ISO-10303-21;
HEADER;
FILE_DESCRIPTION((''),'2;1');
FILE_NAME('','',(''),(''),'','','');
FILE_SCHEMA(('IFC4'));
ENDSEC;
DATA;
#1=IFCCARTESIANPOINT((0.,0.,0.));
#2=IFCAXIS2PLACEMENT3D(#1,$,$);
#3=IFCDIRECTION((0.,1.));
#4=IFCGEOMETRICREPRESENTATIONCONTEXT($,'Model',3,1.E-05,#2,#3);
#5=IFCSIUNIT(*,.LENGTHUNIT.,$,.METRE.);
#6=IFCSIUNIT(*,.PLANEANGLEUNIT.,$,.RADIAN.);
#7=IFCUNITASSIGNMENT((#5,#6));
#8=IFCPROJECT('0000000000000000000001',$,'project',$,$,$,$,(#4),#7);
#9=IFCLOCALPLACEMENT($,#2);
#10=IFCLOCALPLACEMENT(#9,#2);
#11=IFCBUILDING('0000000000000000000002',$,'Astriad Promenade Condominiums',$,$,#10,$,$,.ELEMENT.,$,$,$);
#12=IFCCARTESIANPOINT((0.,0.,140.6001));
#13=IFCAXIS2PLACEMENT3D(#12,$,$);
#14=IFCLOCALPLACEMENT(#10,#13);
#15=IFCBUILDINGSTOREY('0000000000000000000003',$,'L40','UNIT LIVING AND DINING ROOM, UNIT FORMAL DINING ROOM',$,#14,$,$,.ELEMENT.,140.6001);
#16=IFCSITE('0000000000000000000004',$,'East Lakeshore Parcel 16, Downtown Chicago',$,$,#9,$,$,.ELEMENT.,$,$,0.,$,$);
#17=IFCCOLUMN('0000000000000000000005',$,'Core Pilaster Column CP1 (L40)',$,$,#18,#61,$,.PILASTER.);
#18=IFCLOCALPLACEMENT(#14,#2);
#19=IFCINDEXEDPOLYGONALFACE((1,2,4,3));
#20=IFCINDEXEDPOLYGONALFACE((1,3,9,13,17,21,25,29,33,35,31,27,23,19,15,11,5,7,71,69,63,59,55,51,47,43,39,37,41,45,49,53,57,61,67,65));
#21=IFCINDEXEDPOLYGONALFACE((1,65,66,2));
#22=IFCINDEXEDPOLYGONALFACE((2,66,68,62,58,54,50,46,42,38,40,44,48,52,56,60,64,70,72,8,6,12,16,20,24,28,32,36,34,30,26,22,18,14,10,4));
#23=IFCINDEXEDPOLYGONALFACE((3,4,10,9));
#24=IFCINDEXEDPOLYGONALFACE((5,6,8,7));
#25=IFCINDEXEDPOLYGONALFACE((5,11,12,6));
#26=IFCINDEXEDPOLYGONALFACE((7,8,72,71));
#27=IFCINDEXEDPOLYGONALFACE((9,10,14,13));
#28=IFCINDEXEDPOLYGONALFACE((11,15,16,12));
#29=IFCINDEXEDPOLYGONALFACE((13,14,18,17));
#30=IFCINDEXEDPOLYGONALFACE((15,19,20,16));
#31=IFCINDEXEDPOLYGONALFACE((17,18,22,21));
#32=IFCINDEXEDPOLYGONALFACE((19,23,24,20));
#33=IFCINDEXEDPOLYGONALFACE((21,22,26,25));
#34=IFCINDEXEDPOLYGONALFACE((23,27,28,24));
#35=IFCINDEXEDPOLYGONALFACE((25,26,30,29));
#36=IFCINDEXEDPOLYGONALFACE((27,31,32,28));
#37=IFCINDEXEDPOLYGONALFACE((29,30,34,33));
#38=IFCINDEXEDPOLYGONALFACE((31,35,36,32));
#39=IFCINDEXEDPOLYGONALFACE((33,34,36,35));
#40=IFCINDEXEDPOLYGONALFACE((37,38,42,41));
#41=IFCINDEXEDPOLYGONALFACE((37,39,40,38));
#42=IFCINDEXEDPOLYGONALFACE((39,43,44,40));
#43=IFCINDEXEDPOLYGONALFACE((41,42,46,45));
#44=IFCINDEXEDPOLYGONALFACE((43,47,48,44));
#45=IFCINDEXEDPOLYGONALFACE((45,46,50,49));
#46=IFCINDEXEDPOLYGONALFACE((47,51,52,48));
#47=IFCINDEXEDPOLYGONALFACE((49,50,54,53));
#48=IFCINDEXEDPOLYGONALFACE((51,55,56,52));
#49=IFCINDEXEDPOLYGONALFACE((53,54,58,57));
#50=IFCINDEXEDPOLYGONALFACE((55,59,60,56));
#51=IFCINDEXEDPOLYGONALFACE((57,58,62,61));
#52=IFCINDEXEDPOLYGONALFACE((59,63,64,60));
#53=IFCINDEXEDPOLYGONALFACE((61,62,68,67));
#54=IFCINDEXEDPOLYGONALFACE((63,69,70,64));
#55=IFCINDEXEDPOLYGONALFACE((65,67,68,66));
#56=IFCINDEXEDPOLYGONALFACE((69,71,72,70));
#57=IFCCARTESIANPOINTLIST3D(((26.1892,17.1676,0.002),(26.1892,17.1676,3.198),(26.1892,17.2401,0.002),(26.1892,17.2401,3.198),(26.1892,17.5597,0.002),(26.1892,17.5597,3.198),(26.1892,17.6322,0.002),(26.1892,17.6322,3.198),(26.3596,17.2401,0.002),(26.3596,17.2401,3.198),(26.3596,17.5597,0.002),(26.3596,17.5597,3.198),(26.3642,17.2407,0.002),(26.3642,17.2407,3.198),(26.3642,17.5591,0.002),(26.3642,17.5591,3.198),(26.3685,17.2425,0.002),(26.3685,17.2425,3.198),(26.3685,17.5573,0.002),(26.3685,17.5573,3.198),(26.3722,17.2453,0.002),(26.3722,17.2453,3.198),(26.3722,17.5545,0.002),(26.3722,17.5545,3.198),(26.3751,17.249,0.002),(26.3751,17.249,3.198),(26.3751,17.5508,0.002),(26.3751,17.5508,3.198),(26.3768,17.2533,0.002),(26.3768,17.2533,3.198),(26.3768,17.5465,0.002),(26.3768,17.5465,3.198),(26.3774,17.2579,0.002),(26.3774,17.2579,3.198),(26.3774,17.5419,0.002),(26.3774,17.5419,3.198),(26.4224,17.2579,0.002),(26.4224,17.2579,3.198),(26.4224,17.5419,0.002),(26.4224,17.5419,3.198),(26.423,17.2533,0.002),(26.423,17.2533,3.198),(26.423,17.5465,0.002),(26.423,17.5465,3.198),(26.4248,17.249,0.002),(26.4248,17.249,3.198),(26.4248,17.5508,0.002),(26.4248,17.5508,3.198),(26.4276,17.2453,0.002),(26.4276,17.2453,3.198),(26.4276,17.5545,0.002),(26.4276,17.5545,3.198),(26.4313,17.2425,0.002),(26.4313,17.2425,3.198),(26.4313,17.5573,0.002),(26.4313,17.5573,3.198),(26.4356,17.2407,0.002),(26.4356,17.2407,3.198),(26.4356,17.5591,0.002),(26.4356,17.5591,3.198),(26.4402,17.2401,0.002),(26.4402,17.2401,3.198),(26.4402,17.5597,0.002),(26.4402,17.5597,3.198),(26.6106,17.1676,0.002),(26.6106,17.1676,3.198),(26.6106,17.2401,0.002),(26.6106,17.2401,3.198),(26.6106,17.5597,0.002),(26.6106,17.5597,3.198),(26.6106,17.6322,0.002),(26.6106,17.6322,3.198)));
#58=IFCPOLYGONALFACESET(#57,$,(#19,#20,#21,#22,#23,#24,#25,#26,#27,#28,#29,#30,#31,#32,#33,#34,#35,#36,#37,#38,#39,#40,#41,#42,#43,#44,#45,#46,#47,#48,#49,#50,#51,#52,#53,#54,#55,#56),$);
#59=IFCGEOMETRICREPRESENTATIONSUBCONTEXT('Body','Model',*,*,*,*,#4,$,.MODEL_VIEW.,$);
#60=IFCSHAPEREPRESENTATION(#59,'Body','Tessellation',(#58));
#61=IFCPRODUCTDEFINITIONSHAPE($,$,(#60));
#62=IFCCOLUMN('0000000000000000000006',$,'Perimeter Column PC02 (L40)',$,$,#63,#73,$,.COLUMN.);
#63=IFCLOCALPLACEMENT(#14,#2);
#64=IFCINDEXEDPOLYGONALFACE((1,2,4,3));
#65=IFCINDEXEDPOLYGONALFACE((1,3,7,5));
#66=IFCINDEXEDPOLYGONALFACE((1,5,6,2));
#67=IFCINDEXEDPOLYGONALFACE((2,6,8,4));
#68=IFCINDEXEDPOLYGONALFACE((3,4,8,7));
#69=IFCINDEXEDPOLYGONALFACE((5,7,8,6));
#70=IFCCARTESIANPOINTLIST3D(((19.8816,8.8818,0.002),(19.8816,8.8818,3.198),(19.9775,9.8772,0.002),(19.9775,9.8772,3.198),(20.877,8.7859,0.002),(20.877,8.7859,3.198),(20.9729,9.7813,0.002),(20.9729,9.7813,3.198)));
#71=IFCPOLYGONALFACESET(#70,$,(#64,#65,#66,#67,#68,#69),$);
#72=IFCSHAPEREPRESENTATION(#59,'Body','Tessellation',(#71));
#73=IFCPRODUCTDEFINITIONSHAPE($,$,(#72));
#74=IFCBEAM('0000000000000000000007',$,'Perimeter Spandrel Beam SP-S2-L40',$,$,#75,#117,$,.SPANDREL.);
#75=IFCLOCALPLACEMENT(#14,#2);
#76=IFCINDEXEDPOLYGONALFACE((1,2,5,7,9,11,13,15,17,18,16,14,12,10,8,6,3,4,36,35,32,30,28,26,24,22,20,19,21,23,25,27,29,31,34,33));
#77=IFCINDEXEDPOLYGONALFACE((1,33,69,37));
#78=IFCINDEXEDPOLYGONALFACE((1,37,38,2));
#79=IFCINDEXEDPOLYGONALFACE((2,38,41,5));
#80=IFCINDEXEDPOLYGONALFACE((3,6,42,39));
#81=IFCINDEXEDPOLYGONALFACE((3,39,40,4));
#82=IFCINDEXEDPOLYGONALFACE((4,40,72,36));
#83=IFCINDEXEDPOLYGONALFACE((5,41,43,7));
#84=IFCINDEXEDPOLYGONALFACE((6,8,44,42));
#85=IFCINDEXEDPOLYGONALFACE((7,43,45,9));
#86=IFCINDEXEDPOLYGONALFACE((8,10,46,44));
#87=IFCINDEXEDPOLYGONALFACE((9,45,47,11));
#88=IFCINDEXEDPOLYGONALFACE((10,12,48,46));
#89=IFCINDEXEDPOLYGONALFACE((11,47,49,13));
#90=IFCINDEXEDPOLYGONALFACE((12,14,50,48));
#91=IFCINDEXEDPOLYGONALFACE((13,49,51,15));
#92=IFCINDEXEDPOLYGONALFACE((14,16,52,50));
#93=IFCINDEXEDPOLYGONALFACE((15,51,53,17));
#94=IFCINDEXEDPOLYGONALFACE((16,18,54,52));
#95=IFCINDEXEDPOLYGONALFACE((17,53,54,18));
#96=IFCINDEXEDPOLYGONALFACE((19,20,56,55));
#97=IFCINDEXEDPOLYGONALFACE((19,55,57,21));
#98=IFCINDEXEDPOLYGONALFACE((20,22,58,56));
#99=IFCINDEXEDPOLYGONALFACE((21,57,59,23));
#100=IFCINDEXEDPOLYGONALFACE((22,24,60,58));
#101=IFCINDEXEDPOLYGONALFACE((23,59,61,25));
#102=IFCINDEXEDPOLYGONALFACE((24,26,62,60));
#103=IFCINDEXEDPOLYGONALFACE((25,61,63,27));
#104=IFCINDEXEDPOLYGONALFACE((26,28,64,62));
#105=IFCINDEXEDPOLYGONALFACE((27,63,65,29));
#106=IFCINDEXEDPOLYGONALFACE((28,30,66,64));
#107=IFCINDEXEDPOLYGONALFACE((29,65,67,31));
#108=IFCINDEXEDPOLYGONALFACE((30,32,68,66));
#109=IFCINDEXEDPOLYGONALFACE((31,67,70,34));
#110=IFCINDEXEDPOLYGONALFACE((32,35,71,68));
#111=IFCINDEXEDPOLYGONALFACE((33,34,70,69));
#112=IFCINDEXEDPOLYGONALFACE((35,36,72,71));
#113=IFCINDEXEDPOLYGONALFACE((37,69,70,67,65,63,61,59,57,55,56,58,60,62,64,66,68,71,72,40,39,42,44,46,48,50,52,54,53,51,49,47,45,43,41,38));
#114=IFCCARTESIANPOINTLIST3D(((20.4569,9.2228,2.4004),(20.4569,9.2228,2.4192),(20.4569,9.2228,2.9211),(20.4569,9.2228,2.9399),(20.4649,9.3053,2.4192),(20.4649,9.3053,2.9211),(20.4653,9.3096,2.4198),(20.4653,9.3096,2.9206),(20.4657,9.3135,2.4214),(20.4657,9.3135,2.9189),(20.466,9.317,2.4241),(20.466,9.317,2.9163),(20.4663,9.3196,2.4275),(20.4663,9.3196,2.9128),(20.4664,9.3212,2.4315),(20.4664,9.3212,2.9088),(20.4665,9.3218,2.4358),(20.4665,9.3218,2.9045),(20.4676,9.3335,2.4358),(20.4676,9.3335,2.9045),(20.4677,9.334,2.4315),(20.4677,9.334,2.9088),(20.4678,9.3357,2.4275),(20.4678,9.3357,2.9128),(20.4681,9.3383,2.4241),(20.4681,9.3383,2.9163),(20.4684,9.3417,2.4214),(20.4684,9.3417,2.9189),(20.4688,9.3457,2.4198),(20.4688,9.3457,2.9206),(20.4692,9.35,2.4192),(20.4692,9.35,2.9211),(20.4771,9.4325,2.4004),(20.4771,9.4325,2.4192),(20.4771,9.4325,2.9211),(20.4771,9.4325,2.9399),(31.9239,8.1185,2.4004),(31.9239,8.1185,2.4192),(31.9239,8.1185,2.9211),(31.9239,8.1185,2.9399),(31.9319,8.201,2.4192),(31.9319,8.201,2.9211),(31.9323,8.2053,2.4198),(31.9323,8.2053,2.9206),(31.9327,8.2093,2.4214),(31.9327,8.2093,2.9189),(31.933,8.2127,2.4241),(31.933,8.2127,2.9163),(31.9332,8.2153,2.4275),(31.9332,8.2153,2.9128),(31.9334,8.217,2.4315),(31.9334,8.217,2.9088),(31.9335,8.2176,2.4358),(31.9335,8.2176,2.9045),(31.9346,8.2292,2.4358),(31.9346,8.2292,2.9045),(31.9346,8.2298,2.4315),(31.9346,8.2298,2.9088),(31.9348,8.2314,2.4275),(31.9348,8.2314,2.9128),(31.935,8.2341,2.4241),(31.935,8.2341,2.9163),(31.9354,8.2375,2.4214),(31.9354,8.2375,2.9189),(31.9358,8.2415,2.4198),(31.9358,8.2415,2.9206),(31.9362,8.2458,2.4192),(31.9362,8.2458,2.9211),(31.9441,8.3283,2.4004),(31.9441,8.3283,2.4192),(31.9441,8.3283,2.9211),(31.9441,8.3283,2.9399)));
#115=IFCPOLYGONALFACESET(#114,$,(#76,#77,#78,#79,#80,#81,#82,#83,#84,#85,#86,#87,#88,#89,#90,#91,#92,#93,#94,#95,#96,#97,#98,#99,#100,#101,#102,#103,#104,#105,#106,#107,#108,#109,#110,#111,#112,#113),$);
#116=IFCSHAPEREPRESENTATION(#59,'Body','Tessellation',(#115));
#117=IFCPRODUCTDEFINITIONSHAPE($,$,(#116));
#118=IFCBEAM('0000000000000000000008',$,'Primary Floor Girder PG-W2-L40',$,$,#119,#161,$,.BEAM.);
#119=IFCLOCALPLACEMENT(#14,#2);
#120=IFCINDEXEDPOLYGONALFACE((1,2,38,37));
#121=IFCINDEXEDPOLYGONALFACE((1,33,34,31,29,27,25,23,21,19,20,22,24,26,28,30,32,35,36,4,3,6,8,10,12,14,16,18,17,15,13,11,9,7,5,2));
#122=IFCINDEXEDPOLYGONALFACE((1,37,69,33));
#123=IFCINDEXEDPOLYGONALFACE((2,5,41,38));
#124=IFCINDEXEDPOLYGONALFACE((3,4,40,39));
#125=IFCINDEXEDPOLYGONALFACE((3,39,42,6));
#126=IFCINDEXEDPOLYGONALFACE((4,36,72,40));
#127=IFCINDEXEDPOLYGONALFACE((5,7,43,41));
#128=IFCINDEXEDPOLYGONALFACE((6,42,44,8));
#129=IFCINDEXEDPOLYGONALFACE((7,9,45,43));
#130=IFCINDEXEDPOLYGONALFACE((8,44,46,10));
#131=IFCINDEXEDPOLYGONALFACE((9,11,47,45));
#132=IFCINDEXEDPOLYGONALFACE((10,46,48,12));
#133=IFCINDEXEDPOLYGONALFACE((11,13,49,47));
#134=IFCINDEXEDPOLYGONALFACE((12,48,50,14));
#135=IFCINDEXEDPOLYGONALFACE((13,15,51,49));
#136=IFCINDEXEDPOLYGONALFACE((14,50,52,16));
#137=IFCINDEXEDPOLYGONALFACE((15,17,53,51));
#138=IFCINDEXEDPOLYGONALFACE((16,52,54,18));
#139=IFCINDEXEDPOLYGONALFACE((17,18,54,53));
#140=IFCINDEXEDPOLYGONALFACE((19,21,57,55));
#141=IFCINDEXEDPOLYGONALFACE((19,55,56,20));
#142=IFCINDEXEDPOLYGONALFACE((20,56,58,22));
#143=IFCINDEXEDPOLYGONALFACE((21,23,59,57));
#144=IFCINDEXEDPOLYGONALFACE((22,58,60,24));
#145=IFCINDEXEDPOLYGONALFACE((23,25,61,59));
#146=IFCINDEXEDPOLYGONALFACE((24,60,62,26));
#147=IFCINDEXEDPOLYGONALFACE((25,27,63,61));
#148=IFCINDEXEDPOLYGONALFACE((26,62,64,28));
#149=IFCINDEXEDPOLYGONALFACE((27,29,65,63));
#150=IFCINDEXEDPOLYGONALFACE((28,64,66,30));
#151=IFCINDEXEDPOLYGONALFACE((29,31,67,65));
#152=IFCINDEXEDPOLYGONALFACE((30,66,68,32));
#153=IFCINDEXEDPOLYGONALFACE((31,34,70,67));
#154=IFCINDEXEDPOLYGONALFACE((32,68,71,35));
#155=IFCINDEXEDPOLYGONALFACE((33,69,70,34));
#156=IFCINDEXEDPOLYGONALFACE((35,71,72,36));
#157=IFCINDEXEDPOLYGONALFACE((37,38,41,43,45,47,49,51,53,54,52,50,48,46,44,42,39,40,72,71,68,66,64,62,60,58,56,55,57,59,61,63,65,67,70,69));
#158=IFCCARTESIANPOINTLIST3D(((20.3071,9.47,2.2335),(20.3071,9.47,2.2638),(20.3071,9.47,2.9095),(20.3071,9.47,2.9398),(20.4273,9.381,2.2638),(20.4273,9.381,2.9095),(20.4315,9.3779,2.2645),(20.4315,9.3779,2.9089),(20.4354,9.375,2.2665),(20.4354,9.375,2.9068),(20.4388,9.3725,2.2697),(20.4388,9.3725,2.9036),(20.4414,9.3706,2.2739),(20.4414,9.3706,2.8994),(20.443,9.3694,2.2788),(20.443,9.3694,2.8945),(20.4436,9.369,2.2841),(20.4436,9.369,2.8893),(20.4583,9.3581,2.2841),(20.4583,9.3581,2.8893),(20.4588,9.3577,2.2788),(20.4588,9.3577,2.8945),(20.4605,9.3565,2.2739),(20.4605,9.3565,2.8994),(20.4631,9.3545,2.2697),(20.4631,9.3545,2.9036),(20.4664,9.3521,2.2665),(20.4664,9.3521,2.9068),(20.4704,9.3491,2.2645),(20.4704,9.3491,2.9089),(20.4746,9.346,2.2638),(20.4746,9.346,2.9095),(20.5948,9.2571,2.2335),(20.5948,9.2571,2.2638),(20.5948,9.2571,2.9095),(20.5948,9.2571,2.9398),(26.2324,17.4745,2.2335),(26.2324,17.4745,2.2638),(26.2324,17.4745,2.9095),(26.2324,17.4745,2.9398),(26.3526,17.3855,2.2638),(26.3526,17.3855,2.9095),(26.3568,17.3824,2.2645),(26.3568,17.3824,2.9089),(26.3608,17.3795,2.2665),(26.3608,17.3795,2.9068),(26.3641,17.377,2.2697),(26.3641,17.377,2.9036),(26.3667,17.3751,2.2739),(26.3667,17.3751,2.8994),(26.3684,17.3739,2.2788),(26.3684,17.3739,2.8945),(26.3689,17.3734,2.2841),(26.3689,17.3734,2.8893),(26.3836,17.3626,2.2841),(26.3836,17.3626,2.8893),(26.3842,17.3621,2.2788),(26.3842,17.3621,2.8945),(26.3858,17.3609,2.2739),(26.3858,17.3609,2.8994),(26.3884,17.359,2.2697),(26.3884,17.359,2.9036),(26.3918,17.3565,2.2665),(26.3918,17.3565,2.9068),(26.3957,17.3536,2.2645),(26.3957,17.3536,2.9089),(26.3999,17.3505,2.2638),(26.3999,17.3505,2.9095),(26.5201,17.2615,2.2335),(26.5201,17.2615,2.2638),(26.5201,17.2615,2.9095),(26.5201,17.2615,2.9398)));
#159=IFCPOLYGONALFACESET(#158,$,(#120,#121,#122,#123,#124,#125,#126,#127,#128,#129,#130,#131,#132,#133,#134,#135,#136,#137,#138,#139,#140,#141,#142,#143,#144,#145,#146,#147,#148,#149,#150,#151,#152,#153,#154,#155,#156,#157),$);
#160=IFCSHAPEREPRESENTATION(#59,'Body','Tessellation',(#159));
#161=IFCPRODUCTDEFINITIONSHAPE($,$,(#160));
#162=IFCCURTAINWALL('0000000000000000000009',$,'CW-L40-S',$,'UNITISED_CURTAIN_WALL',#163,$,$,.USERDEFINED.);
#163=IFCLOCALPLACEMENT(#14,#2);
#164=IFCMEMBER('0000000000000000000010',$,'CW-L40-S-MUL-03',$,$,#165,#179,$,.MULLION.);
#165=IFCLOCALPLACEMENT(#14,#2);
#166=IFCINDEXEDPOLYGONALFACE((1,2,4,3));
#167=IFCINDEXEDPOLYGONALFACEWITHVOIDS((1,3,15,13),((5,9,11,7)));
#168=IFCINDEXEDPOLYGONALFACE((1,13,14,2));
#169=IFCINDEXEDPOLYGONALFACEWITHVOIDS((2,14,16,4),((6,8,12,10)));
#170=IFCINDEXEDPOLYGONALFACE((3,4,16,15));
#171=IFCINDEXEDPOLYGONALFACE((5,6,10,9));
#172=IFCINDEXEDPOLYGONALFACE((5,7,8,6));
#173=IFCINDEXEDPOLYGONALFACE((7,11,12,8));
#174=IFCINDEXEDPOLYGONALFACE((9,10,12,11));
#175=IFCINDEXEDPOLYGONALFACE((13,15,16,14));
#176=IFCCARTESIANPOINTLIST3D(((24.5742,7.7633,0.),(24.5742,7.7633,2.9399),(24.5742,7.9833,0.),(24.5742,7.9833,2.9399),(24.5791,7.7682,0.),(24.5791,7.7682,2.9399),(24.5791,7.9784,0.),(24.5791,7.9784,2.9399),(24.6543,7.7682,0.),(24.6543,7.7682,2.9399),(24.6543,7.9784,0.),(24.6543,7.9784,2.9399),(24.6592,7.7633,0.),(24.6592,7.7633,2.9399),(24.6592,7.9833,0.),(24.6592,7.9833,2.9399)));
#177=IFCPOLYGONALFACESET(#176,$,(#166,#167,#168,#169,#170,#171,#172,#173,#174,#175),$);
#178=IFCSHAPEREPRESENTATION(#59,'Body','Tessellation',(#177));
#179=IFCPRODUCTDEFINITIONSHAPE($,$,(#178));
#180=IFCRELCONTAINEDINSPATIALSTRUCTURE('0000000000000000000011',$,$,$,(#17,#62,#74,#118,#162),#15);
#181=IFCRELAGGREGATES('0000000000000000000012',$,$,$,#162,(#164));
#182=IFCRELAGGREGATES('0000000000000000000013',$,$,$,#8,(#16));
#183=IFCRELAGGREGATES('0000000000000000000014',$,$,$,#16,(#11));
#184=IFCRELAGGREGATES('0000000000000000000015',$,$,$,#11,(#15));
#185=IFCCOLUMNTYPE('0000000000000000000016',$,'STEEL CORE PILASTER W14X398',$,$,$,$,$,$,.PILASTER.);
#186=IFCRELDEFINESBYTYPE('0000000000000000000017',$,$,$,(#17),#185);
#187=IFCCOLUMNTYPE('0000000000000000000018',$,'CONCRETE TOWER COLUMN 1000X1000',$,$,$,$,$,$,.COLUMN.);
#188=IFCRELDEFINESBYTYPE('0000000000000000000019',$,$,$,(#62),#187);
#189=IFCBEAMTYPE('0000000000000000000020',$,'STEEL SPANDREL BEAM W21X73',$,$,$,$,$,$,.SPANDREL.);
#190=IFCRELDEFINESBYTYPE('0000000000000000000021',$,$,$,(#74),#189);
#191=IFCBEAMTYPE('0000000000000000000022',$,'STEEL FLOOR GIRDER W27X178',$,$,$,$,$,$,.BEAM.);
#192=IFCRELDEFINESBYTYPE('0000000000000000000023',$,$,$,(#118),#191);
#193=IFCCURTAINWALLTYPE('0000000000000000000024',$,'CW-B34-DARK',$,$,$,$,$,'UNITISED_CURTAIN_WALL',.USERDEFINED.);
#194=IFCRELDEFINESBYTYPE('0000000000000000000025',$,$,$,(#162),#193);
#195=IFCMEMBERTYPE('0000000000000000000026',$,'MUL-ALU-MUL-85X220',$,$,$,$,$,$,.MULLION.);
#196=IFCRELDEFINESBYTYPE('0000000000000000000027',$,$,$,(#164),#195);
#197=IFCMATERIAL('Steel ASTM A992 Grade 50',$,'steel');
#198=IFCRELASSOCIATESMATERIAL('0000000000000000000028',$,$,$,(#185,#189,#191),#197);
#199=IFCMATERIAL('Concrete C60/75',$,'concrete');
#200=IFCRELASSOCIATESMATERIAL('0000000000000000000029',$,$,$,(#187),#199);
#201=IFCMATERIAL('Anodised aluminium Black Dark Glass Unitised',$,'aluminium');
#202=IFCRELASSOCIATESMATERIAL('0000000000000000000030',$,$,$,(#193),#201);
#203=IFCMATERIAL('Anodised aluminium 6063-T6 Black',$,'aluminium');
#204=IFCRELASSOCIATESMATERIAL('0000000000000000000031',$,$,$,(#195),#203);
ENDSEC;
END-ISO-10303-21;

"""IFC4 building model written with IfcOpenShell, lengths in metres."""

from ifc_helpers import new_model, si_unit, direction, frame, origin, origin_2d, place, context, subcontext, project, spatial, rectangle, hollow_rectangle, i_section, extrude, source, transform, mapped, material, material_profile, profile_set, type_object, type_shapes, element, aggregate, save


model = new_model("IFC4")

# Units and contexts
model_context = context("Model", 3, precision=1e-05, world=origin(), true_north=direction((0.0, 1.0)))
body_context = subcontext(model_context, "Body", "Model", "MODEL_VIEW")
ifc_project = project(units=[si_unit("LENGTHUNIT", "METRE"), si_unit("PLANEANGLEUNIT", "RADIAN")], contexts=[model_context])

# Site, building, storey
site_placement = place(None, origin())
site = spatial("IfcSite", under=ifc_project, at=site_placement, Name="East Lakeshore Parcel 16, Downtown Chicago", CompositionType="ELEMENT", RefElevation=0.0)
building_placement = place(site_placement, origin())
building = spatial("IfcBuilding", under=site, at=building_placement, Name="Astriad Promenade Condominiums", CompositionType="ELEMENT")
storey_placement = place(building_placement, frame((0.0, 0.0, 140.6001)))
storey = spatial("IfcBuildingStorey", under=building, at=storey_placement, Name="L40", Description="UNIT LIVING AND DINING ROOM, UNIT FORMAL DINING ROOM", CompositionType="ELEMENT", Elevation=140.6001)

# Columns
ifc_material_1 = material(Name="Steel ASTM A992 Grade 50", Category="steel")
ifc_material_profile_1 = material_profile(ifc_material_1, i_section(OverallWidth=0.4214, OverallDepth=0.4646, WebThickness=0.0449, FlangeThickness=0.0725, FilletRadius=0.0178, at=origin_2d()), Name="W14X398")
ifc_profile_set_1 = profile_set([ifc_material_profile_1], Name="Steel ASTM A992 Grade 50")
column_type_1 = type_object("IfcColumnType", Name="STEEL CORE PILASTER W14X398", PredefinedType="PILASTER", material=ifc_profile_set_1)
shared_shape_1 = source(origin(), body_context, "Body", "SweptSolid", [
    extrude(i_section(OverallWidth=0.4214, OverallDepth=0.4646, WebThickness=0.0449, FlangeThickness=0.0725, FilletRadius=0.0178, at=origin_2d()), origin(), (0.0, 0.0, 1.0), 3.196),
])
type_shapes(column_type_1, [shared_shape_1])
column_1_placement = place(storey_placement, frame((26.3999, 17.3999, 0.002), z_axis=(0.0, 0.0, 1.0), x_axis=(1.0, 0.0, 0.0)))
element("IfcColumn", 1, at=column_1_placement, inside=storey, type_object=column_type_1, Name="Core Pilaster Column CP1 (L40)", PredefinedType="PILASTER", context=body_context, shape_type="MappedRepresentation", body=[
    mapped(shared_shape_1, transform((0.0, 0.0, 0.0), scale=1.0)),
])
ifc_material_2 = material(Name="Concrete C60/75", Category="concrete")
ifc_material_profile_2 = material_profile(ifc_material_2, rectangle(XDim=1.0, YDim=1.0, at=origin_2d()), Name="RC-COL-1000X1000")
ifc_profile_set_2 = profile_set([ifc_material_profile_2], Name="Concrete C60/75")
column_type_2 = type_object("IfcColumnType", Name="CONCRETE TOWER COLUMN 1000X1000", PredefinedType="COLUMN", material=ifc_profile_set_2)
shared_shape_2 = source(origin(), body_context, "Body", "SweptSolid", [
    extrude(rectangle(XDim=1.0, YDim=1.0, at=origin_2d()), origin(), (0.0, 0.0, 1.0), 3.196),
])
type_shapes(column_type_2, [shared_shape_2])
column_2_placement = place(storey_placement, frame((20.4272, 9.3315, 0.002), z_axis=(0.0, 0.0, 1.0), x_axis=(0.995396, -0.095846, 0.0)))
element("IfcColumn", 2, at=column_2_placement, inside=storey, type_object=column_type_2, Name="Perimeter Column PC02 (L40)", PredefinedType="COLUMN", context=body_context, shape_type="MappedRepresentation", body=[
    mapped(shared_shape_2, transform((0.0, 0.0, 0.0), scale=1.0)),
])

# Beams
ifc_material_profile_3 = material_profile(ifc_material_1, i_section(OverallWidth=0.2107, OverallDepth=0.5396, WebThickness=0.0117, FlangeThickness=0.0188, FilletRadius=0.0166, at=origin_2d()), Name="W21X73")
ifc_profile_set_3 = profile_set([ifc_material_profile_3], Name="Steel ASTM A992 Grade 50")
beam_type_1 = type_object("IfcBeamType", Name="STEEL SPANDREL BEAM W21X73", PredefinedType="SPANDREL", material=ifc_profile_set_3)
shared_shape_3 = source(origin(), body_context, "Body", "SweptSolid", [
    extrude(i_section(OverallWidth=0.2107, OverallDepth=0.5396, WebThickness=0.0117, FlangeThickness=0.0188, FilletRadius=0.0166, at=origin_2d()), origin(), (0.0, 0.0, 1.0), 11.52),
])
type_shapes(beam_type_1, [shared_shape_3])
beam_1_placement = place(storey_placement, frame((20.467, 9.3276, 2.6702), z_axis=(0.995395, -0.095854, 0.0), x_axis=(0.095854, 0.995395, 0.0)))
element("IfcBeam", 3, at=beam_1_placement, inside=storey, type_object=beam_type_1, Name="Perimeter Spandrel Beam SP-S2-L40", PredefinedType="SPANDREL", context=body_context, shape_type="MappedRepresentation", body=[
    mapped(shared_shape_3, transform((0.0, 0.0, 0.0), scale=1.0)),
])
ifc_material_profile_4 = material_profile(ifc_material_1, i_section(OverallWidth=0.3579, OverallDepth=0.7063, WebThickness=0.0183, FlangeThickness=0.0303, FilletRadius=0.0203, at=origin_2d()), Name="W27X178")
ifc_profile_set_4 = profile_set([ifc_material_profile_4], Name="Steel ASTM A992 Grade 50")
beam_type_2 = type_object("IfcBeamType", Name="STEEL FLOOR GIRDER W27X178", PredefinedType="BEAM", material=ifc_profile_set_4)
shared_shape_4 = source(origin(), body_context, "Body", "SweptSolid", [
    extrude(i_section(OverallWidth=0.3579, OverallDepth=0.7063, WebThickness=0.0183, FlangeThickness=0.0303, FilletRadius=0.0203, at=origin_2d()), origin(), (0.0, 0.0, 1.0), 9.959),
])
type_shapes(beam_type_2, [shared_shape_4])
beam_2_placement = place(storey_placement, frame((20.4509, 9.3635, 2.5867), z_axis=(0.594975, 0.803744, 0.0), x_axis=(-0.803744, 0.594975, 0.0)))
element("IfcBeam", 4, at=beam_2_placement, inside=storey, type_object=beam_type_2, Name="Primary Floor Girder PG-W2-L40", PredefinedType="BEAM", context=body_context, shape_type="MappedRepresentation", body=[
    mapped(shared_shape_4, transform((0.0, 0.0, 0.0), scale=1.0)),
])

# Curtain wall, member
ifc_material_3 = material(Name="Anodised aluminium Black Dark Glass Unitised", Category="aluminium")
curtain_wall_type = type_object("IfcCurtainWallType", Name="CW-B34-DARK", ElementType="UNITISED_CURTAIN_WALL", PredefinedType="USERDEFINED", material=ifc_material_3)
curtain_wall_placement = place(storey_placement, origin())
curtain_wall = element("IfcCurtainWall", 5, at=curtain_wall_placement, inside=storey, type_object=curtain_wall_type, Name="CW-L40-S", ObjectType="UNITISED_CURTAIN_WALL", PredefinedType="USERDEFINED")
ifc_material_4 = material(Name="Anodised aluminium 6063-T6 Black", Category="aluminium")
ifc_material_profile_5 = material_profile(ifc_material_4, hollow_rectangle(XDim=0.085, YDim=0.22, WallThickness=0.0049, at=origin_2d()), Name="ALU-MUL-85X220")
ifc_profile_set_5 = profile_set([ifc_material_profile_5], Name="Anodised aluminium 6063-T6 Black")
member_type = type_object("IfcMemberType", Name="MUL-ALU-MUL-85X220", PredefinedType="MULLION", material=ifc_profile_set_5)
shared_shape_5 = source(origin(), body_context, "Body", "SweptSolid", [
    extrude(hollow_rectangle(XDim=0.085, YDim=0.22, WallThickness=0.0049, at=origin_2d()), origin(), (0.0, 0.0, 1.0), 2.9399),
])
type_shapes(member_type, [shared_shape_5])
member_placement = place(storey_placement, frame((24.6167, 7.8733, 0.0), z_axis=(0.0, 0.0, 1.0), x_axis=(1.0, 0.0, 0.0)))
member = element("IfcMember", 6, at=member_placement, type_object=member_type, Name="CW-L40-S-MUL-03", PredefinedType="MULLION", context=body_context, shape_type="MappedRepresentation", body=[
    mapped(shared_shape_5, transform((0.0, 0.0, 0.0), scale=1.0)),
])
aggregate(curtain_wall, [member])

save(model, "model.ifc")
